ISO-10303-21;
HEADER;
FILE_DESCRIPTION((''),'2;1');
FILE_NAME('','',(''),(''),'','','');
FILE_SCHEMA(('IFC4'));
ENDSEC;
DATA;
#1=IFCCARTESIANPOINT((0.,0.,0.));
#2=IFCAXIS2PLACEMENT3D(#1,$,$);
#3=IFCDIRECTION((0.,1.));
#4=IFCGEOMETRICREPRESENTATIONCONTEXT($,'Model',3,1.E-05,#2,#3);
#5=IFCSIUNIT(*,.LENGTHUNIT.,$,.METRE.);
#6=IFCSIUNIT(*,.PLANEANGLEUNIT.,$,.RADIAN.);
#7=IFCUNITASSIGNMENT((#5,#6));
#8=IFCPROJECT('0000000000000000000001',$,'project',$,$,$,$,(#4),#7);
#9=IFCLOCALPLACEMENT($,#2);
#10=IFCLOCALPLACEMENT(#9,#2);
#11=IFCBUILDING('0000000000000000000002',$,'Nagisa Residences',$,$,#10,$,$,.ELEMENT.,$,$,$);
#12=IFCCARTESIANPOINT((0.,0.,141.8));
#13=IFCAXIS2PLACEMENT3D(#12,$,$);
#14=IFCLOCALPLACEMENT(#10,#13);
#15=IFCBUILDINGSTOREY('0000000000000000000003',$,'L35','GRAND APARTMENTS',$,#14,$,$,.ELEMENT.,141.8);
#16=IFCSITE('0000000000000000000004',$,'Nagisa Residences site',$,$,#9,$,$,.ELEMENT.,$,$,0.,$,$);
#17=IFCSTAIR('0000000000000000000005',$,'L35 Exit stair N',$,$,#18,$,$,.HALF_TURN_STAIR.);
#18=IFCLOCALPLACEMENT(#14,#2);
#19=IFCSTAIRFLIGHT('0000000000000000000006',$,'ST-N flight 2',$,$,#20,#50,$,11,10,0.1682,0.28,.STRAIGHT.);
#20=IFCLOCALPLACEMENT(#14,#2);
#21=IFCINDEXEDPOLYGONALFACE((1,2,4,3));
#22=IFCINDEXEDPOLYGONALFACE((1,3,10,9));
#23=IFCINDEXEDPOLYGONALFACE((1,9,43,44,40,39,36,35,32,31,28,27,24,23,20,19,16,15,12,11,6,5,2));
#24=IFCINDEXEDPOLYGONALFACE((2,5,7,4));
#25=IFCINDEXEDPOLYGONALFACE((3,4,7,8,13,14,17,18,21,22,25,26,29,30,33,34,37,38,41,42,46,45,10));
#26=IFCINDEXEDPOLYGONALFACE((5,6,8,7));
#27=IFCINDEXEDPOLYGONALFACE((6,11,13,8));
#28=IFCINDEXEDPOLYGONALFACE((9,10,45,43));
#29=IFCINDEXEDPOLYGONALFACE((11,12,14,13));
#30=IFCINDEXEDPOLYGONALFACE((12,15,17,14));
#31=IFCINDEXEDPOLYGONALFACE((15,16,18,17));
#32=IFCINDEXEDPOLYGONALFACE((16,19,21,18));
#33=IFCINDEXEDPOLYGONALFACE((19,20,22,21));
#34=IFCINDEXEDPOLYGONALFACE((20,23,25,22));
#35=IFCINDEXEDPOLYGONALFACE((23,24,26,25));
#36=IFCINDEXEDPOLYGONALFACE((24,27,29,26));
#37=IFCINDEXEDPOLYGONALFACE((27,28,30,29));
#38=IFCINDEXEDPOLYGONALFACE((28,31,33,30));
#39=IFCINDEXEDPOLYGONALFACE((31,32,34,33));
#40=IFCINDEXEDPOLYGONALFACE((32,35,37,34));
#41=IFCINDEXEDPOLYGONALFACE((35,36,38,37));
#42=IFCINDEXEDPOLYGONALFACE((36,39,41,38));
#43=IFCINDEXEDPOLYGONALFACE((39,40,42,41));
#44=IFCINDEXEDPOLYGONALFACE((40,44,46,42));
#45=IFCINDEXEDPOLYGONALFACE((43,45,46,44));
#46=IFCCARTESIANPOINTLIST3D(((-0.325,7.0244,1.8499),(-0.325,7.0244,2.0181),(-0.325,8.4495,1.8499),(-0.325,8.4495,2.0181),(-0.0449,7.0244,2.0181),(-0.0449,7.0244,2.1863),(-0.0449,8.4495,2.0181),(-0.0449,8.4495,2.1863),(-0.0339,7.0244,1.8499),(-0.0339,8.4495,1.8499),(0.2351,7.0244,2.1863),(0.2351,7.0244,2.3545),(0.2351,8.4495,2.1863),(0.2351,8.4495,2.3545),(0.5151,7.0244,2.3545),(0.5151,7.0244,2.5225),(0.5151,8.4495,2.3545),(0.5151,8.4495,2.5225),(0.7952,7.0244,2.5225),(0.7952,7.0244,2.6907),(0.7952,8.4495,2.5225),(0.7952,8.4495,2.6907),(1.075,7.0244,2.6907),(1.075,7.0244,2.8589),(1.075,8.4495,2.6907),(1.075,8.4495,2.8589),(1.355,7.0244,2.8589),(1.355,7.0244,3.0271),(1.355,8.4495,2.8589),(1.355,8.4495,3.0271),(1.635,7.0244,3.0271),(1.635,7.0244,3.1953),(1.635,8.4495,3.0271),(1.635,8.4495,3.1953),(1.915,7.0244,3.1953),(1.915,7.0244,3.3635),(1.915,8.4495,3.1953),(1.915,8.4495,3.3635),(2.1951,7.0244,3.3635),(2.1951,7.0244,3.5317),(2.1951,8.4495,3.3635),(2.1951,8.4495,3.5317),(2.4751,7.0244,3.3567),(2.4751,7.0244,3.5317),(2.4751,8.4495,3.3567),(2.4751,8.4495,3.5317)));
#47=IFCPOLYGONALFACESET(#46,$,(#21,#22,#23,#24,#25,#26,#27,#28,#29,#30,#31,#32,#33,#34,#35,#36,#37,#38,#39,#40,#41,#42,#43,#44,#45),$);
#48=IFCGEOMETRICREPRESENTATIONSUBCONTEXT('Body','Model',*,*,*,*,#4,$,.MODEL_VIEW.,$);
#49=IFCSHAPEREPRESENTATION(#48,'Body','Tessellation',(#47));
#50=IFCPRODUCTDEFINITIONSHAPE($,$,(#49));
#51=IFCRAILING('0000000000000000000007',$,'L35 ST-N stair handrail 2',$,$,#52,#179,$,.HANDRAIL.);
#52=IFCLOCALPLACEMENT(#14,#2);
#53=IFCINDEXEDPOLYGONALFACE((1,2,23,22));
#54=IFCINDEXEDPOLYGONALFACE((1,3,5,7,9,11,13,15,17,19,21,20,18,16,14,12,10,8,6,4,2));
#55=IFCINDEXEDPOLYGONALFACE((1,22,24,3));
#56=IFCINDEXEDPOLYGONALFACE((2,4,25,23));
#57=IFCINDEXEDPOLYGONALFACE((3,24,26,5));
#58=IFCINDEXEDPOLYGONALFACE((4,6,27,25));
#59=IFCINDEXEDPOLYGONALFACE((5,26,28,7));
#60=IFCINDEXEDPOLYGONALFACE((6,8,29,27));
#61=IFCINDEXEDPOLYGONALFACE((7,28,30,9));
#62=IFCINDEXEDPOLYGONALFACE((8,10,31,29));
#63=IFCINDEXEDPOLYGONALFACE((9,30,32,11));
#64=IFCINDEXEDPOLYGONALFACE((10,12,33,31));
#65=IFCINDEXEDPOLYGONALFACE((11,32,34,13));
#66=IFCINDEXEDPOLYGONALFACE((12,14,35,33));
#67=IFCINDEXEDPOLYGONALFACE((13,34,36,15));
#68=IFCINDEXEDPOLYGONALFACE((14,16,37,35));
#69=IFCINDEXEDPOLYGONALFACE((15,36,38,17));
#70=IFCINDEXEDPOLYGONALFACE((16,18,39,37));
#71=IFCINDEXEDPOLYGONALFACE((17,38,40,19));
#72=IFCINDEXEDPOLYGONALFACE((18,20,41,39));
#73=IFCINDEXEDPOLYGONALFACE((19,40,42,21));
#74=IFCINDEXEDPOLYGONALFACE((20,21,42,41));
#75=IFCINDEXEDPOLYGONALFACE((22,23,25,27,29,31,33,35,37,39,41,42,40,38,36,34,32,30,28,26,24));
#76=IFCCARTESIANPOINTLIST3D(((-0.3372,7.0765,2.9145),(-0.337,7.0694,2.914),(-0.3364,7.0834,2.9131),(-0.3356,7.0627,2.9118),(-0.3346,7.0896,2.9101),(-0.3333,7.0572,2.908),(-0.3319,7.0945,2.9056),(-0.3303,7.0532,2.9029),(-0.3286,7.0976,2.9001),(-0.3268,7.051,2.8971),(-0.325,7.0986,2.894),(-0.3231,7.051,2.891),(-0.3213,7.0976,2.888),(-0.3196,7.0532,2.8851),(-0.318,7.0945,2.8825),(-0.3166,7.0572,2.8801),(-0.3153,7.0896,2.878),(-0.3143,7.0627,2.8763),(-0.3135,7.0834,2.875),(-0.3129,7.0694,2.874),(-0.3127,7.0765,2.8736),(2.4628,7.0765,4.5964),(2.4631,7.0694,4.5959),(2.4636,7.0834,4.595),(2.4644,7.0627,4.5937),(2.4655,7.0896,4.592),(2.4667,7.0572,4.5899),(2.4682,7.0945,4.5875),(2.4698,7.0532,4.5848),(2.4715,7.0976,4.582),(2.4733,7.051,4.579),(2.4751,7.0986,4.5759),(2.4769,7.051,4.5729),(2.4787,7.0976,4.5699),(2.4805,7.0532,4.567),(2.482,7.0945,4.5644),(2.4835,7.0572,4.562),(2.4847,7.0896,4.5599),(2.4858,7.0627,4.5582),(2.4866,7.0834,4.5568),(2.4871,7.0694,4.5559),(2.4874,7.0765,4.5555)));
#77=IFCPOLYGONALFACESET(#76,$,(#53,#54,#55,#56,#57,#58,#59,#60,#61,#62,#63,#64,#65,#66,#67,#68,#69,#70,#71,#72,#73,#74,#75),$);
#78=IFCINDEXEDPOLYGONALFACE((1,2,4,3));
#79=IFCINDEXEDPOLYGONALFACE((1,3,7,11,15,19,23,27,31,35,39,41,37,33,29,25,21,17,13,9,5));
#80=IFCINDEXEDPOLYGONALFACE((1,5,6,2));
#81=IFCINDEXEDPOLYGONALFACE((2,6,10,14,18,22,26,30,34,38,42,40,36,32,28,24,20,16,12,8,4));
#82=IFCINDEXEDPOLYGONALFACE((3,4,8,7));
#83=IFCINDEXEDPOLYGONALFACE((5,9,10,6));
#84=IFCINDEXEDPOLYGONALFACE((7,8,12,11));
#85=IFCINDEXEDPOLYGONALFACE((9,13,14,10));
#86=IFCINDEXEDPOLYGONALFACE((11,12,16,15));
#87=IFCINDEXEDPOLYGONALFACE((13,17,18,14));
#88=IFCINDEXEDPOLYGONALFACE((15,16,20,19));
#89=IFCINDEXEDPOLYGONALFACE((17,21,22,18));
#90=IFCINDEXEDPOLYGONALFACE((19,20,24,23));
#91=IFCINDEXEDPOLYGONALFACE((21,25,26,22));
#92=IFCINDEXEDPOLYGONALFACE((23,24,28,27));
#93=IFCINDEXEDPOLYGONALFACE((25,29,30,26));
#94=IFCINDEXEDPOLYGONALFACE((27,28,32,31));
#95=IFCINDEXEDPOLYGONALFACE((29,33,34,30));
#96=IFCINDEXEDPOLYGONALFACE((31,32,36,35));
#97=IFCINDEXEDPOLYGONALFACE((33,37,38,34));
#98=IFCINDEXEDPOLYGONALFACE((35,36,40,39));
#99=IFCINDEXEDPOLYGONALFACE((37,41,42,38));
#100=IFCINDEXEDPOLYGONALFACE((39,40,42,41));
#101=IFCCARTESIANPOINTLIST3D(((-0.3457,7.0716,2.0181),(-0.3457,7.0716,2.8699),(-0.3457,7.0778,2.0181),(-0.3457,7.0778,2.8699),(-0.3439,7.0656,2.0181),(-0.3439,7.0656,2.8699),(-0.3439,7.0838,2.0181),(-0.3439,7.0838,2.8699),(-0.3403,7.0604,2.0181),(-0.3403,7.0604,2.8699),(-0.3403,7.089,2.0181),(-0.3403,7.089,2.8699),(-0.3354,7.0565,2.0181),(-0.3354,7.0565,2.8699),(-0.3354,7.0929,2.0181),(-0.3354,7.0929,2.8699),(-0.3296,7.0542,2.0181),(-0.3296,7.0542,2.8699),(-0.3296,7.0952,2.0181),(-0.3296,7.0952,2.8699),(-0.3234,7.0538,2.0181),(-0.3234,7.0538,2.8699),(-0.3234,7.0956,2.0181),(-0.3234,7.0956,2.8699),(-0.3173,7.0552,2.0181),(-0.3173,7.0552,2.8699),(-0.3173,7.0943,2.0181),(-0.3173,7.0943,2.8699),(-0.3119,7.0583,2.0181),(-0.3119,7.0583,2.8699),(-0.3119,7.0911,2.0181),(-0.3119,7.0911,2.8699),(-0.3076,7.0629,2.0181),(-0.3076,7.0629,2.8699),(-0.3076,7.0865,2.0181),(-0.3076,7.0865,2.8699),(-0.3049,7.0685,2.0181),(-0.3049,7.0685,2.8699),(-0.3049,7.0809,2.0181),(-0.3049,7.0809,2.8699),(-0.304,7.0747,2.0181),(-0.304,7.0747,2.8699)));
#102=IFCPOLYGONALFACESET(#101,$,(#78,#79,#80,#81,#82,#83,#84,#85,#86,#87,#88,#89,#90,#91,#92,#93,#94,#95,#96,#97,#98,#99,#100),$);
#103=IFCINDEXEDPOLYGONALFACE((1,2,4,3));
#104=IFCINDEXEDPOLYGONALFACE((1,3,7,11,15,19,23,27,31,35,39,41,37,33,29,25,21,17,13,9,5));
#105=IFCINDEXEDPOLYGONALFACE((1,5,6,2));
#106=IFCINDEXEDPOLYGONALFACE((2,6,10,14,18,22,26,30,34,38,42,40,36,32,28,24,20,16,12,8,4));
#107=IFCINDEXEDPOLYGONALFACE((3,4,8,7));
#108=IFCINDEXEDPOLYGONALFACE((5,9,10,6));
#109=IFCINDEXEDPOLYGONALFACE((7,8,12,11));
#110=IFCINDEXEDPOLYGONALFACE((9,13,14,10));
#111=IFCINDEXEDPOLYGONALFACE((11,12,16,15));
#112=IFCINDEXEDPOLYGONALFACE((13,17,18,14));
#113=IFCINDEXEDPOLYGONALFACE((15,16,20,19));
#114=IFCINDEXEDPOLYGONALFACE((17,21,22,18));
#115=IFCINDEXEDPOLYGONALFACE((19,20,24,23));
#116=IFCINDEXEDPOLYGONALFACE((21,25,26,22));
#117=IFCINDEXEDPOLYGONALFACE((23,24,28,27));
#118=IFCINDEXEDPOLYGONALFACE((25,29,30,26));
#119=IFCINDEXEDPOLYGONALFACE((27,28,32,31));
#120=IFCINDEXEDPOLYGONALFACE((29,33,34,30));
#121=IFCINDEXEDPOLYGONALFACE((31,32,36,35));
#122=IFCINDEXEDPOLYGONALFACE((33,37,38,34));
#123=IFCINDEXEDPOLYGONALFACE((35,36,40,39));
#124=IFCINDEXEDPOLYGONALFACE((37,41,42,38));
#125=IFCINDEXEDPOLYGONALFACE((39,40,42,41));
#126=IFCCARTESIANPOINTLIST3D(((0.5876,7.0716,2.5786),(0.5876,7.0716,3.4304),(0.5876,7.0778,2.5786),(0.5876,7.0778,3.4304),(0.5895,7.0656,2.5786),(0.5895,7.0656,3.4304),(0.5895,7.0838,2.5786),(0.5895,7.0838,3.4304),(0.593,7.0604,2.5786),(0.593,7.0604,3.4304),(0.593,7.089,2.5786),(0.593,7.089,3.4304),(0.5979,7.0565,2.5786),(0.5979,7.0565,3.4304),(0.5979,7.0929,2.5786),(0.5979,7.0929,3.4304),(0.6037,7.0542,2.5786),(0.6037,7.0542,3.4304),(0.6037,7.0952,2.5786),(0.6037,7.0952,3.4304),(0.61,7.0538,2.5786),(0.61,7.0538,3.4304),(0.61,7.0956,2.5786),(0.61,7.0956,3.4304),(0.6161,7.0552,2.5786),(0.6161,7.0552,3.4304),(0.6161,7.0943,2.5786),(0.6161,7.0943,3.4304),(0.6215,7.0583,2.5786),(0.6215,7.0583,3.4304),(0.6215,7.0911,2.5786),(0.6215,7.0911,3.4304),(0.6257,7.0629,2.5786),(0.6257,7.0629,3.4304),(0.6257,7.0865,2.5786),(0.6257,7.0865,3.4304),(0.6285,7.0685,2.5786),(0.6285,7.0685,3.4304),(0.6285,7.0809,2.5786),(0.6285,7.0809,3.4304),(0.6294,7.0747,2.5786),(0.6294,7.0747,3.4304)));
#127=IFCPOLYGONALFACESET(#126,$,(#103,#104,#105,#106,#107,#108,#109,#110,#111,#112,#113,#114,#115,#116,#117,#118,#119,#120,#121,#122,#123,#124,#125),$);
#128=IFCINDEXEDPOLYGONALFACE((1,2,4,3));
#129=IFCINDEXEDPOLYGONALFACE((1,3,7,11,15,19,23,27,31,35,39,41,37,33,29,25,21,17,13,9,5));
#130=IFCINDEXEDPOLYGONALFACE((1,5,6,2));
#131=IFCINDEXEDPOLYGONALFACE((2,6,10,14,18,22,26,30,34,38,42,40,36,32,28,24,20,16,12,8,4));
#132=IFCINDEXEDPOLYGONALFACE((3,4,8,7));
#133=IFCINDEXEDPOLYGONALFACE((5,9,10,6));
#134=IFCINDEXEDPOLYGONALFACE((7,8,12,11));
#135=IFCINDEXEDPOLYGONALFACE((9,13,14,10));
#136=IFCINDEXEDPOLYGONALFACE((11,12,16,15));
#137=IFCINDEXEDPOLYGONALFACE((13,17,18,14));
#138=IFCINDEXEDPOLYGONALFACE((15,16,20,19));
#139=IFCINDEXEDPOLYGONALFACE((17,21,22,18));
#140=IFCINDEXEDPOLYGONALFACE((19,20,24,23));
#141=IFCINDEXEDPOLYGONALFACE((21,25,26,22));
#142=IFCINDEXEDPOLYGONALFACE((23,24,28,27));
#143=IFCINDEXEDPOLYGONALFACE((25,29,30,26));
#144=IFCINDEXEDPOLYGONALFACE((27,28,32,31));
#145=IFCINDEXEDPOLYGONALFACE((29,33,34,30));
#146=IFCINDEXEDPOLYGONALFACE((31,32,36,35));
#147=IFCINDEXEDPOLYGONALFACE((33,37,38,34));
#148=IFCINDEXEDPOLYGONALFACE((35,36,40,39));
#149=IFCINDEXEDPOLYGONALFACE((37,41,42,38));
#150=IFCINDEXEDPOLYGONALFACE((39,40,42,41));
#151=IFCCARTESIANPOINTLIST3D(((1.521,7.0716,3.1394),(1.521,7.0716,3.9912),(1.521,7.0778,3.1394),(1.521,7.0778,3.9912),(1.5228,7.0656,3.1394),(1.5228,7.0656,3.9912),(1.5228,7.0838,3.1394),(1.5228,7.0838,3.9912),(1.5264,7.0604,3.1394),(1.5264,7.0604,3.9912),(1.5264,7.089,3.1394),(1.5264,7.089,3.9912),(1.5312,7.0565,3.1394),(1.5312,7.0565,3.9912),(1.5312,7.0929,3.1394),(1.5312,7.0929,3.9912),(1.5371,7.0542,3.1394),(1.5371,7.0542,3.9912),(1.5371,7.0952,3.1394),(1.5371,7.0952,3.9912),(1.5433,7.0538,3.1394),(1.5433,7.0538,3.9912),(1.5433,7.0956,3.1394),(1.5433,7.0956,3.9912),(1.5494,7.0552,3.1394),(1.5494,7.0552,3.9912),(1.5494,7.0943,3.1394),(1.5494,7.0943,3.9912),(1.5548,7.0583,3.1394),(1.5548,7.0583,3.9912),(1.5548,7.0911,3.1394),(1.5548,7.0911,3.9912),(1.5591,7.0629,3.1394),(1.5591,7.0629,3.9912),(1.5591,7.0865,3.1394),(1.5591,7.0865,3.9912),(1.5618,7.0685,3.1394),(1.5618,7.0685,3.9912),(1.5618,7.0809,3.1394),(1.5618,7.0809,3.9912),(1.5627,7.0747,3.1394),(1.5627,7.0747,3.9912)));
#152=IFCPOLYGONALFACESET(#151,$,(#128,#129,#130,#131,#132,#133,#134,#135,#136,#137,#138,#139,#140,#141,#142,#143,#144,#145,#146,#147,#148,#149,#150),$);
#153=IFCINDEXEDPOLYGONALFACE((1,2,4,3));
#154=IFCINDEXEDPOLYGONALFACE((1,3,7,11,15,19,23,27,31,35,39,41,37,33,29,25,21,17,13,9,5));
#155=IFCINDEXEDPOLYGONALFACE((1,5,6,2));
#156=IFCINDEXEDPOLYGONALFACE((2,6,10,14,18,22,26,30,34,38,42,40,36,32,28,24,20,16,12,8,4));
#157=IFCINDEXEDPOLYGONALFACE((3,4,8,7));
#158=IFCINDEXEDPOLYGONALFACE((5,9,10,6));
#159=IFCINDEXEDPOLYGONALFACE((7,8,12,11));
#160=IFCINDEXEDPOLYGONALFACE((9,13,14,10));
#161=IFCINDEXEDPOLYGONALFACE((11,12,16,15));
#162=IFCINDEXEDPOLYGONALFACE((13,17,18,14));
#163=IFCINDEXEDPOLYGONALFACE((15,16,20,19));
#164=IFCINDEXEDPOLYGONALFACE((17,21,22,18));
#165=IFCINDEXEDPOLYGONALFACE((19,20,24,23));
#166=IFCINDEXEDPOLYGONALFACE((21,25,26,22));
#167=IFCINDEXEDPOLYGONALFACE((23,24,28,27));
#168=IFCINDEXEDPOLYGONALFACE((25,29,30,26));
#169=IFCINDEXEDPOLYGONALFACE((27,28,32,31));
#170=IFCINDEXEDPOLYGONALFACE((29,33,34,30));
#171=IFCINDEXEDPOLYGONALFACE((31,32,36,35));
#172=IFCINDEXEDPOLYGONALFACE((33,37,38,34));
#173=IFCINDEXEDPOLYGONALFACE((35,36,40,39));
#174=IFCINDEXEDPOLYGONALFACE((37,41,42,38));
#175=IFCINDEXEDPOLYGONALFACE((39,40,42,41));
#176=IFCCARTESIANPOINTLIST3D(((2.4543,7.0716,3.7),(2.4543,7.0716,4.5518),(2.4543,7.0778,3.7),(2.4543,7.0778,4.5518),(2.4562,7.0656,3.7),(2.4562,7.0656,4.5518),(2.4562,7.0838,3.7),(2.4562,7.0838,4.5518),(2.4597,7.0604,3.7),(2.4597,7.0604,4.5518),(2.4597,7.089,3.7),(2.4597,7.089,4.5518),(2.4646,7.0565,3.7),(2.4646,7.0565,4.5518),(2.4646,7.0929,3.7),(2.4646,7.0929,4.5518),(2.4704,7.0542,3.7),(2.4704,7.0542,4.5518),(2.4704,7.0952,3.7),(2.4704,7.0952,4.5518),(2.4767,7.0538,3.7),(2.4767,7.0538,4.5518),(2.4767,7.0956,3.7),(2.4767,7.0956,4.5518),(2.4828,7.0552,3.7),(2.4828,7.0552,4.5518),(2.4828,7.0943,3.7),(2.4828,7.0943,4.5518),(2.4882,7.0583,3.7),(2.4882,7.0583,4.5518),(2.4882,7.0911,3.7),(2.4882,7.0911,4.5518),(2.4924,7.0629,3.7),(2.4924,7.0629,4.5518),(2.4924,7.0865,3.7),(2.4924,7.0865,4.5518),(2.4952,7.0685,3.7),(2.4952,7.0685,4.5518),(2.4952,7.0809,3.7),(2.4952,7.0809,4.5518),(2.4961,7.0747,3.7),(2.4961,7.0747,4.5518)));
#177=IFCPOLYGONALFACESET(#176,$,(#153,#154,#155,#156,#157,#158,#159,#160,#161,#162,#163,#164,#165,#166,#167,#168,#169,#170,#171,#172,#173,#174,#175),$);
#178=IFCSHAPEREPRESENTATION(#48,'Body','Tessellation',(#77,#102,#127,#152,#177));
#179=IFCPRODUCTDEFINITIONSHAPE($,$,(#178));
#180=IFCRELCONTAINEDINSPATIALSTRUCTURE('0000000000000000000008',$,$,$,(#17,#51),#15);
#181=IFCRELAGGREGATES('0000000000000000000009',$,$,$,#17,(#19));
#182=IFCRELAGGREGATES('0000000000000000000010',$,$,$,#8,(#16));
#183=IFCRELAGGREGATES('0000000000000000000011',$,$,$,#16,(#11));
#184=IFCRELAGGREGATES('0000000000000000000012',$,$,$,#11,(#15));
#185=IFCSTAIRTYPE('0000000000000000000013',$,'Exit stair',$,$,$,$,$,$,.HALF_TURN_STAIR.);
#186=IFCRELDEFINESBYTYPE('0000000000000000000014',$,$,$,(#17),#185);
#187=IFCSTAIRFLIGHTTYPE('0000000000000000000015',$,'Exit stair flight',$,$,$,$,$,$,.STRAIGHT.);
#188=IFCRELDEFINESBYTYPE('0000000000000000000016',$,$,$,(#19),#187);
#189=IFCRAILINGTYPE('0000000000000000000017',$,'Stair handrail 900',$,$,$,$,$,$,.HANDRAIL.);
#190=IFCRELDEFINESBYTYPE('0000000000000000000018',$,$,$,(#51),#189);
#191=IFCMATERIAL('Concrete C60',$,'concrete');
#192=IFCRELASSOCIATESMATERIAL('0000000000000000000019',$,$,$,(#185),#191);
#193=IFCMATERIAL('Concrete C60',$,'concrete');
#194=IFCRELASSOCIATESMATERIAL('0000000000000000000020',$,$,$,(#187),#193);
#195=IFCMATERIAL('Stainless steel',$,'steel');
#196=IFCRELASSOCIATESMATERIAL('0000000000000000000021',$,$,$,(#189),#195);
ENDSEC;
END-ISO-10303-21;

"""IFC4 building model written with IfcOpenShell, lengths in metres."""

from ifc_helpers import new_model, si_unit, direction, frame, origin, origin_2d, place, context, subcontext, project, spatial, polyline, circle, outline, extrude, material, type_object, element, aggregate, save


model = new_model("IFC4")

# Units and contexts
model_context = context("Model", 3, precision=1e-05, world=origin(), true_north=direction((0.0, 1.0)))
body_context = subcontext(model_context, "Body", "Model", "MODEL_VIEW")
ifc_project = project(units=[si_unit("LENGTHUNIT", "METRE"), si_unit("PLANEANGLEUNIT", "RADIAN")], contexts=[model_context])

# Site, building, storey
site_placement = place(None, origin())
site = spatial("IfcSite", under=ifc_project, at=site_placement, Name="Nagisa Residences site", CompositionType="ELEMENT", RefElevation=0.0)
building_placement = place(site_placement, origin())
building = spatial("IfcBuilding", under=site, at=building_placement, Name="Nagisa Residences", CompositionType="ELEMENT")
storey_placement = place(building_placement, frame((0.0, 0.0, 141.8)))
storey = spatial("IfcBuildingStorey", under=building, at=storey_placement, Name="L35", Description="GRAND APARTMENTS", CompositionType="ELEMENT", Elevation=141.8)

# Stair, stair flight
ifc_material_1 = material(Name="Concrete C60", Category="concrete")
stair_type = type_object("IfcStairType", Name="Exit stair", PredefinedType="HALF_TURN_STAIR", material=ifc_material_1)
stair_placement = place(storey_placement, origin())
stair = element("IfcStair", 1, at=stair_placement, inside=storey, type_object=stair_type, Name="L35 Exit stair N", PredefinedType="HALF_TURN_STAIR")
ifc_material_2 = material(Name="Concrete C60", Category="concrete")
stair_flight_type = type_object("IfcStairFlightType", Name="Exit stair flight", PredefinedType="STRAIGHT", material=ifc_material_2)
stair_flight_placement = place(storey_placement, frame((-0.325, 7.7371, 1.8499), z_axis=(0.0, 0.0, 1.0), x_axis=(1.0, 0.0, 0.0)))
stair_flight = element("IfcStairFlight", 2, at=stair_flight_placement, type_object=stair_flight_type, Name="ST-N flight 2", NumberOfRisers=11, NumberOfTreads=10, PredefinedType="STRAIGHT", RiserHeight=0.1682, TreadLength=0.28, context=body_context, shape_type="SweptSolid", body=[
    extrude(outline(polyline([(0.0, 0.0), (0.0, 0.1682), (0.28, 0.1682), (0.28, 0.3364), (0.5601, 0.3364), (0.5601, 0.5046), (0.8401, 0.5046), (0.8401, 0.6726), (1.1201, 0.6726), (1.1201, 0.8408), (1.3999, 0.8408), (1.3999, 1.009), (1.6799, 1.009), (1.6799, 1.1772), (1.96, 1.1772), (1.96, 1.3455), (2.24, 1.3455), (2.24, 1.5137), (2.52, 1.5137), (2.52, 1.6819), (2.8, 1.6819), (2.8, 1.8501), (2.8, 1.5068), (0.291, 0.0), (0.0, 0.0)])), frame((0.0, 0.7124, 0.0), z_axis=(0.0, -1.0, 0.0), x_axis=(1.0, 0.0, 0.0)), (0.0, 0.0, 1.0), 1.425),
])
aggregate(stair, [stair_flight])

# Railing
ifc_material_3 = material(Name="Stainless steel", Category="steel")
railing_type = type_object("IfcRailingType", Name="Stair handrail 900", PredefinedType="HANDRAIL", material=ifc_material_3)
railing_placement = place(storey_placement, frame((-0.325, 7.0747, 2.0181)))
element("IfcRailing", 3, at=railing_placement, inside=storey, type_object=railing_type, Name="L35 ST-N stair handrail 2", PredefinedType="HANDRAIL", context=body_context, shape_type="SweptSolid", body=[
    extrude(circle(Radius=0.0239, at=origin_2d()), frame((0.0, 0.0, 0.876), z_axis=(0.857242, 0.0, 0.514913), x_axis=(0.0, 1.0, 0.0)), (0.0, 0.0, 1.0), 3.2664),
    extrude(circle(Radius=0.021, at=origin_2d()), origin(), (0.0, 0.0, 1.0), 0.8518),
    extrude(circle(Radius=0.021, at=origin_2d()), frame((0.9333, 0.0, 0.5605)), (0.0, 0.0, 1.0), 0.8518),
    extrude(circle(Radius=0.021, at=origin_2d()), frame((1.8667, 0.0, 1.1213)), (0.0, 0.0, 1.0), 0.8518),
    extrude(circle(Radius=0.021, at=origin_2d()), frame((2.8, 0.0, 1.6819)), (0.0, 0.0, 1.0), 0.8518),
])

save(model, "model.ifc")
